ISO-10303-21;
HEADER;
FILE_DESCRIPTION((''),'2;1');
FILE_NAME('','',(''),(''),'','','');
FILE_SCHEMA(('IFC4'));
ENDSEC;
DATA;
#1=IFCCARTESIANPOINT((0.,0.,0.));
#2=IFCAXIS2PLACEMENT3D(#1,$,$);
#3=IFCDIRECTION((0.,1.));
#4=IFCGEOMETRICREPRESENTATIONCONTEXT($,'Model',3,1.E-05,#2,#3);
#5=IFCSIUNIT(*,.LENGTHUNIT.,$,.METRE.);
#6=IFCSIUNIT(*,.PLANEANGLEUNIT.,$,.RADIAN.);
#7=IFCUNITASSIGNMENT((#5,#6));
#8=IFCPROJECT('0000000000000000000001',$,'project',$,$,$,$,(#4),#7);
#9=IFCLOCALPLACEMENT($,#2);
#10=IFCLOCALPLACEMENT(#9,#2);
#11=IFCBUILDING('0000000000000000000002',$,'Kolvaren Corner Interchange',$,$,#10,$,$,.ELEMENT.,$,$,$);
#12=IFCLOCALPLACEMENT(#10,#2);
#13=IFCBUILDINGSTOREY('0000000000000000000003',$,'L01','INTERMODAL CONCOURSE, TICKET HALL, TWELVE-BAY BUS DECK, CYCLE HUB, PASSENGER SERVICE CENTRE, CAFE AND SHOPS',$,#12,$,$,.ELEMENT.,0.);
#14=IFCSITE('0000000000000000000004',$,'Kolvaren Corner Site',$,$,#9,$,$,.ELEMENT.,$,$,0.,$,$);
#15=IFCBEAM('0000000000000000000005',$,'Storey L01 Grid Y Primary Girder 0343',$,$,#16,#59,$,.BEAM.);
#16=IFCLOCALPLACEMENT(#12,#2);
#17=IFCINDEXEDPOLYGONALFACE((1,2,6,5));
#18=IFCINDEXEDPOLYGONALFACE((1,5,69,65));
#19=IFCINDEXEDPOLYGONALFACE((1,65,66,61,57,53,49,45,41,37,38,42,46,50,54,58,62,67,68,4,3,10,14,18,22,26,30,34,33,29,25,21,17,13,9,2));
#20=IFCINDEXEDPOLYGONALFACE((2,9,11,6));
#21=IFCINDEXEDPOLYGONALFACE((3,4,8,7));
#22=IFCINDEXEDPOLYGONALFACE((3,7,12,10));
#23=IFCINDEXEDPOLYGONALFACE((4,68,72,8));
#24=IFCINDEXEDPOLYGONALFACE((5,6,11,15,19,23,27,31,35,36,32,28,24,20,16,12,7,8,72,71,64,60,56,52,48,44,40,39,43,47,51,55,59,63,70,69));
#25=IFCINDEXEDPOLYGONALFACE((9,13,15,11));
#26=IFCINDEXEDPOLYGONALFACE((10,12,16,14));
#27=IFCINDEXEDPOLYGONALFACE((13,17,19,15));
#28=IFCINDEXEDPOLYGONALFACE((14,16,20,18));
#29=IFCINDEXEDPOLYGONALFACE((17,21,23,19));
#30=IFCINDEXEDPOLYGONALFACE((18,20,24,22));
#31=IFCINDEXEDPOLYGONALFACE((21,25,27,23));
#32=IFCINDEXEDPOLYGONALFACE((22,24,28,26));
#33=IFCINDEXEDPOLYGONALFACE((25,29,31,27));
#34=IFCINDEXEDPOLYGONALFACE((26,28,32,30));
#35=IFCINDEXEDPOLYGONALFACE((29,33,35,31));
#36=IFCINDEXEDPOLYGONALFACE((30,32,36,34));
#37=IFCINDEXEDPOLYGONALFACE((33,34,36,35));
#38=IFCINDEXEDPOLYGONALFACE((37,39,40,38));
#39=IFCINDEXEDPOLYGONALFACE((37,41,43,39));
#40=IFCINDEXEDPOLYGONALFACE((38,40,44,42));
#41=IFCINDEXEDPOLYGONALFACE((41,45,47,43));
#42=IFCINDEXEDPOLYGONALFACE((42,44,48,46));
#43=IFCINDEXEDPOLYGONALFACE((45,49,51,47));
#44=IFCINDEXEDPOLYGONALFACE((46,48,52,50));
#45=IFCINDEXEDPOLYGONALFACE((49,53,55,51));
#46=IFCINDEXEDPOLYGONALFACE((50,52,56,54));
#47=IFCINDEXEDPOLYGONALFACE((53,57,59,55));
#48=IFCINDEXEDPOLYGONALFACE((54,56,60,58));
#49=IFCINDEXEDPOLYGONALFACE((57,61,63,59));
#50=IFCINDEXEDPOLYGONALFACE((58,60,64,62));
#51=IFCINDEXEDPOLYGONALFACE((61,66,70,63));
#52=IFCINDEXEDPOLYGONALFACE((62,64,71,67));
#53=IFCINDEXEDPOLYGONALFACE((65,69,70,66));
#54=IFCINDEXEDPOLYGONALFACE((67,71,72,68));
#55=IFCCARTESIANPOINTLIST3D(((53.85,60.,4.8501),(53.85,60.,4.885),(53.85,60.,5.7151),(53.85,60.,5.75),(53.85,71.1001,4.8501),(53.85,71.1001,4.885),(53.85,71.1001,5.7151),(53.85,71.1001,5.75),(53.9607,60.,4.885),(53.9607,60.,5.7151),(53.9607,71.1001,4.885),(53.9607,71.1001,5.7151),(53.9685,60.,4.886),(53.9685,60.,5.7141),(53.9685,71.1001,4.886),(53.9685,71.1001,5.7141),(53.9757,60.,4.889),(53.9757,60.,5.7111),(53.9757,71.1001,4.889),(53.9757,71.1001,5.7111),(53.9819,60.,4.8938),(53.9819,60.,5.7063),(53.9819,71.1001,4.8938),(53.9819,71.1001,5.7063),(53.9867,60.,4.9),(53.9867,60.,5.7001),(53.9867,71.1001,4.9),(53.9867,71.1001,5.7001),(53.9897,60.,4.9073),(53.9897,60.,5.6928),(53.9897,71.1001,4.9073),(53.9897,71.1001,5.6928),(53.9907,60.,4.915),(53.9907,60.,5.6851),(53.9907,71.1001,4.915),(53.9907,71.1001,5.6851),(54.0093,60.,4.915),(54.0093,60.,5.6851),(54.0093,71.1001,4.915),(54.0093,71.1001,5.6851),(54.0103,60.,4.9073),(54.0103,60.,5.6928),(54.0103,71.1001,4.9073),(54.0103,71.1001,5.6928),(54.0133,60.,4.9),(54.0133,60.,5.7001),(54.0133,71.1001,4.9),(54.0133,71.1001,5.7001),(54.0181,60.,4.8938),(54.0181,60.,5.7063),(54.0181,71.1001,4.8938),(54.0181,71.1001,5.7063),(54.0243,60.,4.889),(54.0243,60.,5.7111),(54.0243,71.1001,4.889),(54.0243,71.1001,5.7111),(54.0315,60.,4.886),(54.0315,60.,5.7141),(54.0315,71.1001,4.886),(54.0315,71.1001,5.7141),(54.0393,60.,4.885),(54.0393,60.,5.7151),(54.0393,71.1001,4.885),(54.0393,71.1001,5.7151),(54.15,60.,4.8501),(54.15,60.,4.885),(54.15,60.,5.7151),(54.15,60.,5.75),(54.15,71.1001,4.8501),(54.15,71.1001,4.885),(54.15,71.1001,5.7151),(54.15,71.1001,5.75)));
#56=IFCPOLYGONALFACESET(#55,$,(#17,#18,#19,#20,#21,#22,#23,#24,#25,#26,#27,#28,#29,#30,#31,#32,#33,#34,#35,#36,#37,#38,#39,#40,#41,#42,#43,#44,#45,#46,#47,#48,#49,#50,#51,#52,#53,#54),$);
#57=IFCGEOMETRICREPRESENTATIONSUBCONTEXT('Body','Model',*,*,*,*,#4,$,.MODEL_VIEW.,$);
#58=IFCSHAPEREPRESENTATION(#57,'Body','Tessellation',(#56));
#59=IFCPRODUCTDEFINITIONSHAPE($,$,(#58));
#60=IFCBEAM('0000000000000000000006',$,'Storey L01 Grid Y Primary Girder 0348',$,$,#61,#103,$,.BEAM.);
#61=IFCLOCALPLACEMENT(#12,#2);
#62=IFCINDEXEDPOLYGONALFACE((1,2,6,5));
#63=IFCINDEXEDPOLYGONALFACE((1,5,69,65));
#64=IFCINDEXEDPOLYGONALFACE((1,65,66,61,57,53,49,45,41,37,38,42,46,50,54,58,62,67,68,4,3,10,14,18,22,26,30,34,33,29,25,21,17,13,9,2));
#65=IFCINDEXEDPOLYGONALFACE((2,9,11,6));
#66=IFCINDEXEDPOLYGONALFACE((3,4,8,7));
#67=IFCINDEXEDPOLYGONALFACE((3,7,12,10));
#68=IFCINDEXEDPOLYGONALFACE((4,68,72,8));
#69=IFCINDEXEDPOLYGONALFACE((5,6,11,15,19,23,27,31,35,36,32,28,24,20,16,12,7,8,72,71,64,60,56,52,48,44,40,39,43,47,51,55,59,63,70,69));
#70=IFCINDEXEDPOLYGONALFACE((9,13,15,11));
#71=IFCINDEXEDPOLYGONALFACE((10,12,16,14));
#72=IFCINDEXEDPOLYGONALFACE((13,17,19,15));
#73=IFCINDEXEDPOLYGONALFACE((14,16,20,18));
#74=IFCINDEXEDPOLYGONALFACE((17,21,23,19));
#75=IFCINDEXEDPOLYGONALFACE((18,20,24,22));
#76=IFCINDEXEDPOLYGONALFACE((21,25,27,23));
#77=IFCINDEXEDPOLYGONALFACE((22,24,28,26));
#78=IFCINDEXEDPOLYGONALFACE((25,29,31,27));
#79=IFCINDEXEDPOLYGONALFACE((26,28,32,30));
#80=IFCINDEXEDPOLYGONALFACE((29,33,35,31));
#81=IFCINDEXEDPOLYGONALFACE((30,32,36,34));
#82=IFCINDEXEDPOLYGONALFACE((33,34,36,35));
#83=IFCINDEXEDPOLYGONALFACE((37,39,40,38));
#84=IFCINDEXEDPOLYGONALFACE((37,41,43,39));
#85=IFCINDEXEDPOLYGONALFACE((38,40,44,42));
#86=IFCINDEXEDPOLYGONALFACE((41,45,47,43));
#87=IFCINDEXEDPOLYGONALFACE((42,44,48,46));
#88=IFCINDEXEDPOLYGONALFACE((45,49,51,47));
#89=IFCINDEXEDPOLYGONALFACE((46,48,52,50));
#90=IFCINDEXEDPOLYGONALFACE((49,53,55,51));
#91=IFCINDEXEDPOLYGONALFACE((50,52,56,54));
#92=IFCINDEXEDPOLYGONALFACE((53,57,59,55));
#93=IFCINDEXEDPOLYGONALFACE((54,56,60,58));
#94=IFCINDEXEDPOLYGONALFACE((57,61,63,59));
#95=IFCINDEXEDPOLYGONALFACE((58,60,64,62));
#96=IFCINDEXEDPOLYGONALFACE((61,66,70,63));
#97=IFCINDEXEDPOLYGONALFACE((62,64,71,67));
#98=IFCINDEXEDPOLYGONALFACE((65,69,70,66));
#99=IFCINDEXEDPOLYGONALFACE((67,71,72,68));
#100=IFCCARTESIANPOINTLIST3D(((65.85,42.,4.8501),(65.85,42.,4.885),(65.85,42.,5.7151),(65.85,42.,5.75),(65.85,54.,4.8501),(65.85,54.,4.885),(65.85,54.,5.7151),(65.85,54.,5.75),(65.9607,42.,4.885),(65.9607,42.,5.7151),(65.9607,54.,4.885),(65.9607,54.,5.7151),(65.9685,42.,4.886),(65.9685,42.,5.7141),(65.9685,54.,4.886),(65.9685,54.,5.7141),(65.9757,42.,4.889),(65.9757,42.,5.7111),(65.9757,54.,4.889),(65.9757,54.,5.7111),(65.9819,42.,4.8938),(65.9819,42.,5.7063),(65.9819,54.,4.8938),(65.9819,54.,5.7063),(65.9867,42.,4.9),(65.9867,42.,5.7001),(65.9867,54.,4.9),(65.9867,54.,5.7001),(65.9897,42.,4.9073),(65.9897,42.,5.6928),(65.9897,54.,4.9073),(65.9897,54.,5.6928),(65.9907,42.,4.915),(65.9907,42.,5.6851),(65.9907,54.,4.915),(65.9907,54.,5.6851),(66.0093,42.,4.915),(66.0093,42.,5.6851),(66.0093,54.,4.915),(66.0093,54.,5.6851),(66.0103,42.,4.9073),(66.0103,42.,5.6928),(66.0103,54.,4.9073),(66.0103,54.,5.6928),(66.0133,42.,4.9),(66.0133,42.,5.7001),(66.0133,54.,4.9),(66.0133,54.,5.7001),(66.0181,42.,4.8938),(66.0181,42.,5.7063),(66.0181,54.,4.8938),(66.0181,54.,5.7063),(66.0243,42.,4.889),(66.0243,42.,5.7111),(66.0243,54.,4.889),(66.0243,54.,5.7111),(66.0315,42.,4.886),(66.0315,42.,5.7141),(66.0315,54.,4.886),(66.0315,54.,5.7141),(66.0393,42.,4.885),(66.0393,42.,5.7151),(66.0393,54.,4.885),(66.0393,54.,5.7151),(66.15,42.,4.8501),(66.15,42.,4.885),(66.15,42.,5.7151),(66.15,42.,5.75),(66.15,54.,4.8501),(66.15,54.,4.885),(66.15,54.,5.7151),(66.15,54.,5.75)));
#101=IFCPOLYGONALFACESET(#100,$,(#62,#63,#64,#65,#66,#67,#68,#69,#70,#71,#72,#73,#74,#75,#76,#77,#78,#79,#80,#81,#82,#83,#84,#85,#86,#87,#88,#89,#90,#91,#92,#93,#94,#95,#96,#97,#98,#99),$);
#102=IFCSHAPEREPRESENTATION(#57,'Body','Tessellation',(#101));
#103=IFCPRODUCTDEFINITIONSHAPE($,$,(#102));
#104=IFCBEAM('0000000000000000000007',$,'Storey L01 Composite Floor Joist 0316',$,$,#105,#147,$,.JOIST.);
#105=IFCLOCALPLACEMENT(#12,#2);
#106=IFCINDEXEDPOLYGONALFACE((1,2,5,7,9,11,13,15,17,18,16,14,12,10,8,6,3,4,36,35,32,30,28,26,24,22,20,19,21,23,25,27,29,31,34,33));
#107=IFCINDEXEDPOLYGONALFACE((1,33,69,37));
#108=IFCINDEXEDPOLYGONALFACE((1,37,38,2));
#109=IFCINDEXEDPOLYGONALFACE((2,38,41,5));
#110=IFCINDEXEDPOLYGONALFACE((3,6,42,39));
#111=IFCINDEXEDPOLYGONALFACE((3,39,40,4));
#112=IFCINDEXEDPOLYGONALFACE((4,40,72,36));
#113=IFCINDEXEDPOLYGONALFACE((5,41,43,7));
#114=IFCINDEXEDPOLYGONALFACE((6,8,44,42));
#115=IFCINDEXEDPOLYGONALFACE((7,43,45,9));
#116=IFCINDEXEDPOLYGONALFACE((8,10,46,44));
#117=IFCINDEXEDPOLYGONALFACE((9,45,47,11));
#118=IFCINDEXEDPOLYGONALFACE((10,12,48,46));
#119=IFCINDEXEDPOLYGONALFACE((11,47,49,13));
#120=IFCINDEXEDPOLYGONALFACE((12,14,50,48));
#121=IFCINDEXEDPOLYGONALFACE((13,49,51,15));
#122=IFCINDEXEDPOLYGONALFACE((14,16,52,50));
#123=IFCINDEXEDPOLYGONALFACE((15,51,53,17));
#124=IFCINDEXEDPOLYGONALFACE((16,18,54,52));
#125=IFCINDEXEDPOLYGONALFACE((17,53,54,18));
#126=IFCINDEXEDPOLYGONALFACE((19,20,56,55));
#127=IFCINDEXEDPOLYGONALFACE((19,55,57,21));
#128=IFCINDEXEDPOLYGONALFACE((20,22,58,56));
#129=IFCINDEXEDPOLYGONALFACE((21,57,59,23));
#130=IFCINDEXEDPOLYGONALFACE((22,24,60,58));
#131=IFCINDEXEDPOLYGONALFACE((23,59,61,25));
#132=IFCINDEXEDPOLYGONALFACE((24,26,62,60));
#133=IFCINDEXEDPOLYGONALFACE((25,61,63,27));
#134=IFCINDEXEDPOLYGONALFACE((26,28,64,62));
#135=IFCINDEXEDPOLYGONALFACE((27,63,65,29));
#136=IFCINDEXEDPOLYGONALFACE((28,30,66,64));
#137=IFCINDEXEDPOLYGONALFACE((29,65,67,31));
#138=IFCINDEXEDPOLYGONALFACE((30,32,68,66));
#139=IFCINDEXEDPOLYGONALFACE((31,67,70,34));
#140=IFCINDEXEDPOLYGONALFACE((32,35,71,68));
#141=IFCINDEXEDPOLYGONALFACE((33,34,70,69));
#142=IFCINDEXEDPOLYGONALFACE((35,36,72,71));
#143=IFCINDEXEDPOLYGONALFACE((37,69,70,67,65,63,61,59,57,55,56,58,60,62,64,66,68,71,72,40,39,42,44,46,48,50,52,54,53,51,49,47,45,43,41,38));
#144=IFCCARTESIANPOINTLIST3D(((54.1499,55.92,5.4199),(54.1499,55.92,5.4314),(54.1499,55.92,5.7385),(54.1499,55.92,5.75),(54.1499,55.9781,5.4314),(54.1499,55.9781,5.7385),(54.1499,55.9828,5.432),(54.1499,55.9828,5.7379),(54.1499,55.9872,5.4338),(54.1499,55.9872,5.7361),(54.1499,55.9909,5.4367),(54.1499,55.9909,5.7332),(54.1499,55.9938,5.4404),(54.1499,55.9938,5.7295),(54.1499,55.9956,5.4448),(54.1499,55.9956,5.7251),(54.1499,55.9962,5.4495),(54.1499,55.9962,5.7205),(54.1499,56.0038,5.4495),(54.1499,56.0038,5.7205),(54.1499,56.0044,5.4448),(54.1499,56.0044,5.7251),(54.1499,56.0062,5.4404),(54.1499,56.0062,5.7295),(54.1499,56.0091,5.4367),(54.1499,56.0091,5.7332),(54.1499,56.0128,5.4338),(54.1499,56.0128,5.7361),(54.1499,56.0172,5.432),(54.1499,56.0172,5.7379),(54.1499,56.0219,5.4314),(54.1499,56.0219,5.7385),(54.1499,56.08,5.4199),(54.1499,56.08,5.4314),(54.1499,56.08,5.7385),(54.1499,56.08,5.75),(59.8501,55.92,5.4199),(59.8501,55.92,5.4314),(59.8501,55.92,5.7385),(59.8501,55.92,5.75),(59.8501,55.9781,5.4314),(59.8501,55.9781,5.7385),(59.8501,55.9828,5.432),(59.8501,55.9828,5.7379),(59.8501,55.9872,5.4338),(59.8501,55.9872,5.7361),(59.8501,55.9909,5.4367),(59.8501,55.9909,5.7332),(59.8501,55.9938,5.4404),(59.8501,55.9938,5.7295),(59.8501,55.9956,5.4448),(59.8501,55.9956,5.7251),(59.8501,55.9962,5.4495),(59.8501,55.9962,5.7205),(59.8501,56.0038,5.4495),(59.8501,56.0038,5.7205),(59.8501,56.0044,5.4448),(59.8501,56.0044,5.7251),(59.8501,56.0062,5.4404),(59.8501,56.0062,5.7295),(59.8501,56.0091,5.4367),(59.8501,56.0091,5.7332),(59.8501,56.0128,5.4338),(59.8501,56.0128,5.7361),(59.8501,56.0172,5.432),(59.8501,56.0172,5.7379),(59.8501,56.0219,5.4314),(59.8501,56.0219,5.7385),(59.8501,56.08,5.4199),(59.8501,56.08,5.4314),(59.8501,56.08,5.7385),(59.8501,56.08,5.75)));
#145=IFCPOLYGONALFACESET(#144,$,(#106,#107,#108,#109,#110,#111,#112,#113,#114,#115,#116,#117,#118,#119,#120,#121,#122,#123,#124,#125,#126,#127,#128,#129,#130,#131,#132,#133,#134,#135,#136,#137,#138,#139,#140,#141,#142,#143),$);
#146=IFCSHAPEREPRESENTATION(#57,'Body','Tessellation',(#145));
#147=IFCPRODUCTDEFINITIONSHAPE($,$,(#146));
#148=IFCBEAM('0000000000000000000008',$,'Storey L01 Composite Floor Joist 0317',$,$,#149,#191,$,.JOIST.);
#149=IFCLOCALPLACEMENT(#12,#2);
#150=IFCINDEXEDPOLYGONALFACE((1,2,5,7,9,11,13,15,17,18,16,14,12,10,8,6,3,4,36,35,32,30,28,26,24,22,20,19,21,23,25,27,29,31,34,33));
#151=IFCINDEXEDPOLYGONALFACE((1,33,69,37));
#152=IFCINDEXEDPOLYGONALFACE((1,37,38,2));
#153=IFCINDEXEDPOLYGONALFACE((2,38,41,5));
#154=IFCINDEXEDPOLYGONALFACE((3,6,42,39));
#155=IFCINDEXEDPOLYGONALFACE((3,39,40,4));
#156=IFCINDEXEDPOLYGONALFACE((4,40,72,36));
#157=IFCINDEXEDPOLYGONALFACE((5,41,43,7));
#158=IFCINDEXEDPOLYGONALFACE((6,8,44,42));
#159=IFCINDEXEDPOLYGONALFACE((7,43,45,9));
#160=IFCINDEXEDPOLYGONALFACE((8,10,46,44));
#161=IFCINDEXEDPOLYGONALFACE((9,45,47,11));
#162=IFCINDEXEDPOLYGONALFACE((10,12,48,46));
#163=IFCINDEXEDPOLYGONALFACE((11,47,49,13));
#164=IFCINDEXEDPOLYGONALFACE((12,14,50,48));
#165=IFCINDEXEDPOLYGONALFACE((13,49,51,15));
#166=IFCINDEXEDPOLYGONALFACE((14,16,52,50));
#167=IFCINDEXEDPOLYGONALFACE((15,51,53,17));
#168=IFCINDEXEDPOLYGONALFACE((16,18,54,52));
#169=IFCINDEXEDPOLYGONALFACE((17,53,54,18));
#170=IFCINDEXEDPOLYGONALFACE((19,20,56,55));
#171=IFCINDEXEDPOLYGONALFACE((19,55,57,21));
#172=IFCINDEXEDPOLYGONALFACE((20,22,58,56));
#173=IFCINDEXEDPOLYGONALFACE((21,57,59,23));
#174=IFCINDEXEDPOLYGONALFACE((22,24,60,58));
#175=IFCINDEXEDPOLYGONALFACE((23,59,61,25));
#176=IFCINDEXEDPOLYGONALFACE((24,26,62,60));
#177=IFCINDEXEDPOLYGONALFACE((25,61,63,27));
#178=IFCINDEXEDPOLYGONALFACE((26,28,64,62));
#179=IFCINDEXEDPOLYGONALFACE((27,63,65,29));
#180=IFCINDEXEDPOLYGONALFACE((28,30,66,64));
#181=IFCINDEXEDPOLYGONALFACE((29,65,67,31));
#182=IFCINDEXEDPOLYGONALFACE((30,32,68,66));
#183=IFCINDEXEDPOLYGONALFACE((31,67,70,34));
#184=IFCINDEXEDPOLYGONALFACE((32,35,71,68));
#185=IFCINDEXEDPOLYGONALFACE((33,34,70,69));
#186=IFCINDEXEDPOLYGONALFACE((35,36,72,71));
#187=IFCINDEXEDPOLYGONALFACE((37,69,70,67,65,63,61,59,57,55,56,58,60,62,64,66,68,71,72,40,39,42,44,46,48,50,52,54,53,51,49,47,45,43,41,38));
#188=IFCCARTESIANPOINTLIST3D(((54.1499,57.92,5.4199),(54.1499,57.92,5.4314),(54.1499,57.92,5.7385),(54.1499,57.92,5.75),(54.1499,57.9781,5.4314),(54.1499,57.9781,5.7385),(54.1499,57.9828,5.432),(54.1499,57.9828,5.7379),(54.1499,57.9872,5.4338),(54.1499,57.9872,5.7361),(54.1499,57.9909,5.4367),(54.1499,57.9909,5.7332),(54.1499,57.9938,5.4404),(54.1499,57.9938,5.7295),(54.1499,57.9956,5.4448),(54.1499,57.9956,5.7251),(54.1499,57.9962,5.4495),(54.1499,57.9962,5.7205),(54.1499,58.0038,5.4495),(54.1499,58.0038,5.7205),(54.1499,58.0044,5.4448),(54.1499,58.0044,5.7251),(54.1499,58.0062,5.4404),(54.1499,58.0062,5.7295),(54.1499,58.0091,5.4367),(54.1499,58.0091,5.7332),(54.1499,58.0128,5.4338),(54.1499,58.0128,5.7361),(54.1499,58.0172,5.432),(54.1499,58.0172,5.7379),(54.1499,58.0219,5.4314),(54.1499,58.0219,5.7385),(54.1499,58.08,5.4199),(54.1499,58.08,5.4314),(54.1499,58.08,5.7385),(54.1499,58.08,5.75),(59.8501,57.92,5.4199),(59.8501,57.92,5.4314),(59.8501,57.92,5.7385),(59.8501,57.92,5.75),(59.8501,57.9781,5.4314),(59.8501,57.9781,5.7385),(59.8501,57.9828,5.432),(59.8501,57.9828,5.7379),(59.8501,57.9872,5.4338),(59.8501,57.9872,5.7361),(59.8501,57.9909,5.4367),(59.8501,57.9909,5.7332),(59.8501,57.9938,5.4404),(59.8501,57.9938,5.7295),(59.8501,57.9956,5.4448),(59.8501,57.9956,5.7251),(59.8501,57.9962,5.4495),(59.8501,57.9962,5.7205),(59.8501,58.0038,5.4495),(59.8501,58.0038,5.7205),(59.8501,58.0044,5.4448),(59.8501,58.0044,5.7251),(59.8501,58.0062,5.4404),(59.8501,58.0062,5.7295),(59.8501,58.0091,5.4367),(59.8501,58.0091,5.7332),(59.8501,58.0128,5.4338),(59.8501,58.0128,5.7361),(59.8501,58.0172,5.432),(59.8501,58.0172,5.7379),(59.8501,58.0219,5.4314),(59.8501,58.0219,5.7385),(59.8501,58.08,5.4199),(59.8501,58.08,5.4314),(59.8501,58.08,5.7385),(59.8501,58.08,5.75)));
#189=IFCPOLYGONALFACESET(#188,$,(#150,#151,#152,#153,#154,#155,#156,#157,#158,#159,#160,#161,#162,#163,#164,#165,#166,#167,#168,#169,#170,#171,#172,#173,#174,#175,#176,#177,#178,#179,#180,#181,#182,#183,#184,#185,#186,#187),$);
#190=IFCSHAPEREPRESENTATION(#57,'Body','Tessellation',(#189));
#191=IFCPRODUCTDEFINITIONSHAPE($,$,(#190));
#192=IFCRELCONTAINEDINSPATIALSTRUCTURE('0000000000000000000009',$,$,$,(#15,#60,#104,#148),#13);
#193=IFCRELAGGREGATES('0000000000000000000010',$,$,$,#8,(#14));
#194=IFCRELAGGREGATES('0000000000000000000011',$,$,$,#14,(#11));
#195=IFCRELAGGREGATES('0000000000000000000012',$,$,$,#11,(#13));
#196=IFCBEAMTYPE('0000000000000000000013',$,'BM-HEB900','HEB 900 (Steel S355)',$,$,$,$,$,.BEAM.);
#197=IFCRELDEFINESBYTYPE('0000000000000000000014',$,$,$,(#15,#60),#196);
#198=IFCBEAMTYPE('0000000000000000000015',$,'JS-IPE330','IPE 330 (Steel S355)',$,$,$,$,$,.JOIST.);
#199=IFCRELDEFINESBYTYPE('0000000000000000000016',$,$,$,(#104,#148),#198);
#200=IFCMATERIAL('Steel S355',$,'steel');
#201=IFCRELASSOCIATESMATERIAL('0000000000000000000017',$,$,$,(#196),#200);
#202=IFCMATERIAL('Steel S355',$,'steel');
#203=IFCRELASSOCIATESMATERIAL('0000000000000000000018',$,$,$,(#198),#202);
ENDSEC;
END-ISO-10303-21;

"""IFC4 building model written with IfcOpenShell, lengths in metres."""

from ifc_helpers import new_model, si_unit, direction, frame, origin, origin_2d, place, context, subcontext, project, spatial, i_section, extrude, material, material_profile, profile_set, type_object, element, save


model = new_model("IFC4")

# Units and contexts
model_context = context("Model", 3, precision=1e-05, world=origin(), true_north=direction((0.0, 1.0)))
body_context = subcontext(model_context, "Body", "Model", "MODEL_VIEW")
ifc_project = project(units=[si_unit("LENGTHUNIT", "METRE"), si_unit("PLANEANGLEUNIT", "RADIAN")], contexts=[model_context])

# Site, building, storey
site_placement = place(None, origin())
site = spatial("IfcSite", under=ifc_project, at=site_placement, Name="Kolvaren Corner Site", CompositionType="ELEMENT", RefElevation=0.0)
building_placement = place(site_placement, origin())
building = spatial("IfcBuilding", under=site, at=building_placement, Name="Kolvaren Corner Interchange", CompositionType="ELEMENT")
storey_placement = place(building_placement, origin())
storey = spatial("IfcBuildingStorey", under=building, at=storey_placement, Name="L01", Description="INTERMODAL CONCOURSE, TICKET HALL, TWELVE-BAY BUS DECK, CYCLE HUB, PASSENGER SERVICE CENTRE, CAFE AND SHOPS", CompositionType="ELEMENT", Elevation=0.0)

# Beams
ifc_material_1 = material(Name="Steel S355", Category="steel")
ifc_material_profile_1 = material_profile(ifc_material_1, i_section(OverallWidth=0.3, OverallDepth=0.8999, WebThickness=0.0186, FlangeThickness=0.0349, FilletRadius=0.03, at=origin_2d()), Name="HEB 900")
ifc_profile_set_1 = profile_set([ifc_material_profile_1], Name="Steel S355")
beam_type_1 = type_object("IfcBeamType", Name="BM-HEB900", Description="HEB 900 (Steel S355)", PredefinedType="BEAM", material=ifc_profile_set_1)
beam_1_placement = place(storey_placement, frame((54.0, 60.0, 5.3), z_axis=(0.0, 1.0, 0.0), x_axis=(-1.0, 0.0, 0.0)))
element("IfcBeam", 1, at=beam_1_placement, inside=storey, type_object=beam_type_1, Name="Storey L01 Grid Y Primary Girder 0343", PredefinedType="BEAM", context=body_context, shape_type="SweptSolid", body=[
    extrude(i_section(OverallWidth=0.3, OverallDepth=0.8999, WebThickness=0.0186, FlangeThickness=0.0349, FilletRadius=0.03, at=origin_2d()), origin(), (0.0, 0.0, 1.0), 11.1001),
])
beam_2_placement = place(storey_placement, frame((66.0, 42.0, 5.3), z_axis=(0.0, 1.0, 0.0), x_axis=(-1.0, 0.0, 0.0)))
element("IfcBeam", 2, at=beam_2_placement, inside=storey, type_object=beam_type_1, Name="Storey L01 Grid Y Primary Girder 0348", PredefinedType="BEAM", context=body_context, shape_type="SweptSolid", body=[
    extrude(i_section(OverallWidth=0.3, OverallDepth=0.8999, WebThickness=0.0186, FlangeThickness=0.0349, FilletRadius=0.03, at=origin_2d()), origin(), (0.0, 0.0, 1.0), 12.0),
])
ifc_material_2 = material(Name="Steel S355", Category="steel")
ifc_material_profile_2 = material_profile(ifc_material_2, i_section(OverallWidth=0.1599, OverallDepth=0.3301, WebThickness=0.0076, FlangeThickness=0.0115, FilletRadius=0.0181, at=origin_2d()), Name="IPE 330")
ifc_profile_set_2 = profile_set([ifc_material_profile_2], Name="Steel S355")
beam_type_2 = type_object("IfcBeamType", Name="JS-IPE330", Description="IPE 330 (Steel S355)", PredefinedType="JOIST", material=ifc_profile_set_2)
for number, where, z_axis, x_axis, name in (
    (3, (54.1499, 56.0, 5.585), (1.0, 0.0, 0.0), (0.0, 1.0, 0.0), "Storey L01 Composite Floor Joist 0316"),
    (4, (54.1499, 58.0, 5.585), (1.0, 0.0, 0.0), (0.0, 1.0, 0.0), "Storey L01 Composite Floor Joist 0317"),
):
    element("IfcBeam", number, at=place(storey_placement, frame(where, z_axis=z_axis, x_axis=x_axis)), inside=storey, type_object=beam_type_2, Name=name, PredefinedType="JOIST", context=body_context, shape_type="SweptSolid", body=[
        extrude(i_section(OverallWidth=0.1599, OverallDepth=0.3301, WebThickness=0.0076, FlangeThickness=0.0115, FilletRadius=0.0181, at=origin_2d()), origin(), (0.0, 0.0, 1.0), 5.7002),
    ])

save(model, "model.ifc")
